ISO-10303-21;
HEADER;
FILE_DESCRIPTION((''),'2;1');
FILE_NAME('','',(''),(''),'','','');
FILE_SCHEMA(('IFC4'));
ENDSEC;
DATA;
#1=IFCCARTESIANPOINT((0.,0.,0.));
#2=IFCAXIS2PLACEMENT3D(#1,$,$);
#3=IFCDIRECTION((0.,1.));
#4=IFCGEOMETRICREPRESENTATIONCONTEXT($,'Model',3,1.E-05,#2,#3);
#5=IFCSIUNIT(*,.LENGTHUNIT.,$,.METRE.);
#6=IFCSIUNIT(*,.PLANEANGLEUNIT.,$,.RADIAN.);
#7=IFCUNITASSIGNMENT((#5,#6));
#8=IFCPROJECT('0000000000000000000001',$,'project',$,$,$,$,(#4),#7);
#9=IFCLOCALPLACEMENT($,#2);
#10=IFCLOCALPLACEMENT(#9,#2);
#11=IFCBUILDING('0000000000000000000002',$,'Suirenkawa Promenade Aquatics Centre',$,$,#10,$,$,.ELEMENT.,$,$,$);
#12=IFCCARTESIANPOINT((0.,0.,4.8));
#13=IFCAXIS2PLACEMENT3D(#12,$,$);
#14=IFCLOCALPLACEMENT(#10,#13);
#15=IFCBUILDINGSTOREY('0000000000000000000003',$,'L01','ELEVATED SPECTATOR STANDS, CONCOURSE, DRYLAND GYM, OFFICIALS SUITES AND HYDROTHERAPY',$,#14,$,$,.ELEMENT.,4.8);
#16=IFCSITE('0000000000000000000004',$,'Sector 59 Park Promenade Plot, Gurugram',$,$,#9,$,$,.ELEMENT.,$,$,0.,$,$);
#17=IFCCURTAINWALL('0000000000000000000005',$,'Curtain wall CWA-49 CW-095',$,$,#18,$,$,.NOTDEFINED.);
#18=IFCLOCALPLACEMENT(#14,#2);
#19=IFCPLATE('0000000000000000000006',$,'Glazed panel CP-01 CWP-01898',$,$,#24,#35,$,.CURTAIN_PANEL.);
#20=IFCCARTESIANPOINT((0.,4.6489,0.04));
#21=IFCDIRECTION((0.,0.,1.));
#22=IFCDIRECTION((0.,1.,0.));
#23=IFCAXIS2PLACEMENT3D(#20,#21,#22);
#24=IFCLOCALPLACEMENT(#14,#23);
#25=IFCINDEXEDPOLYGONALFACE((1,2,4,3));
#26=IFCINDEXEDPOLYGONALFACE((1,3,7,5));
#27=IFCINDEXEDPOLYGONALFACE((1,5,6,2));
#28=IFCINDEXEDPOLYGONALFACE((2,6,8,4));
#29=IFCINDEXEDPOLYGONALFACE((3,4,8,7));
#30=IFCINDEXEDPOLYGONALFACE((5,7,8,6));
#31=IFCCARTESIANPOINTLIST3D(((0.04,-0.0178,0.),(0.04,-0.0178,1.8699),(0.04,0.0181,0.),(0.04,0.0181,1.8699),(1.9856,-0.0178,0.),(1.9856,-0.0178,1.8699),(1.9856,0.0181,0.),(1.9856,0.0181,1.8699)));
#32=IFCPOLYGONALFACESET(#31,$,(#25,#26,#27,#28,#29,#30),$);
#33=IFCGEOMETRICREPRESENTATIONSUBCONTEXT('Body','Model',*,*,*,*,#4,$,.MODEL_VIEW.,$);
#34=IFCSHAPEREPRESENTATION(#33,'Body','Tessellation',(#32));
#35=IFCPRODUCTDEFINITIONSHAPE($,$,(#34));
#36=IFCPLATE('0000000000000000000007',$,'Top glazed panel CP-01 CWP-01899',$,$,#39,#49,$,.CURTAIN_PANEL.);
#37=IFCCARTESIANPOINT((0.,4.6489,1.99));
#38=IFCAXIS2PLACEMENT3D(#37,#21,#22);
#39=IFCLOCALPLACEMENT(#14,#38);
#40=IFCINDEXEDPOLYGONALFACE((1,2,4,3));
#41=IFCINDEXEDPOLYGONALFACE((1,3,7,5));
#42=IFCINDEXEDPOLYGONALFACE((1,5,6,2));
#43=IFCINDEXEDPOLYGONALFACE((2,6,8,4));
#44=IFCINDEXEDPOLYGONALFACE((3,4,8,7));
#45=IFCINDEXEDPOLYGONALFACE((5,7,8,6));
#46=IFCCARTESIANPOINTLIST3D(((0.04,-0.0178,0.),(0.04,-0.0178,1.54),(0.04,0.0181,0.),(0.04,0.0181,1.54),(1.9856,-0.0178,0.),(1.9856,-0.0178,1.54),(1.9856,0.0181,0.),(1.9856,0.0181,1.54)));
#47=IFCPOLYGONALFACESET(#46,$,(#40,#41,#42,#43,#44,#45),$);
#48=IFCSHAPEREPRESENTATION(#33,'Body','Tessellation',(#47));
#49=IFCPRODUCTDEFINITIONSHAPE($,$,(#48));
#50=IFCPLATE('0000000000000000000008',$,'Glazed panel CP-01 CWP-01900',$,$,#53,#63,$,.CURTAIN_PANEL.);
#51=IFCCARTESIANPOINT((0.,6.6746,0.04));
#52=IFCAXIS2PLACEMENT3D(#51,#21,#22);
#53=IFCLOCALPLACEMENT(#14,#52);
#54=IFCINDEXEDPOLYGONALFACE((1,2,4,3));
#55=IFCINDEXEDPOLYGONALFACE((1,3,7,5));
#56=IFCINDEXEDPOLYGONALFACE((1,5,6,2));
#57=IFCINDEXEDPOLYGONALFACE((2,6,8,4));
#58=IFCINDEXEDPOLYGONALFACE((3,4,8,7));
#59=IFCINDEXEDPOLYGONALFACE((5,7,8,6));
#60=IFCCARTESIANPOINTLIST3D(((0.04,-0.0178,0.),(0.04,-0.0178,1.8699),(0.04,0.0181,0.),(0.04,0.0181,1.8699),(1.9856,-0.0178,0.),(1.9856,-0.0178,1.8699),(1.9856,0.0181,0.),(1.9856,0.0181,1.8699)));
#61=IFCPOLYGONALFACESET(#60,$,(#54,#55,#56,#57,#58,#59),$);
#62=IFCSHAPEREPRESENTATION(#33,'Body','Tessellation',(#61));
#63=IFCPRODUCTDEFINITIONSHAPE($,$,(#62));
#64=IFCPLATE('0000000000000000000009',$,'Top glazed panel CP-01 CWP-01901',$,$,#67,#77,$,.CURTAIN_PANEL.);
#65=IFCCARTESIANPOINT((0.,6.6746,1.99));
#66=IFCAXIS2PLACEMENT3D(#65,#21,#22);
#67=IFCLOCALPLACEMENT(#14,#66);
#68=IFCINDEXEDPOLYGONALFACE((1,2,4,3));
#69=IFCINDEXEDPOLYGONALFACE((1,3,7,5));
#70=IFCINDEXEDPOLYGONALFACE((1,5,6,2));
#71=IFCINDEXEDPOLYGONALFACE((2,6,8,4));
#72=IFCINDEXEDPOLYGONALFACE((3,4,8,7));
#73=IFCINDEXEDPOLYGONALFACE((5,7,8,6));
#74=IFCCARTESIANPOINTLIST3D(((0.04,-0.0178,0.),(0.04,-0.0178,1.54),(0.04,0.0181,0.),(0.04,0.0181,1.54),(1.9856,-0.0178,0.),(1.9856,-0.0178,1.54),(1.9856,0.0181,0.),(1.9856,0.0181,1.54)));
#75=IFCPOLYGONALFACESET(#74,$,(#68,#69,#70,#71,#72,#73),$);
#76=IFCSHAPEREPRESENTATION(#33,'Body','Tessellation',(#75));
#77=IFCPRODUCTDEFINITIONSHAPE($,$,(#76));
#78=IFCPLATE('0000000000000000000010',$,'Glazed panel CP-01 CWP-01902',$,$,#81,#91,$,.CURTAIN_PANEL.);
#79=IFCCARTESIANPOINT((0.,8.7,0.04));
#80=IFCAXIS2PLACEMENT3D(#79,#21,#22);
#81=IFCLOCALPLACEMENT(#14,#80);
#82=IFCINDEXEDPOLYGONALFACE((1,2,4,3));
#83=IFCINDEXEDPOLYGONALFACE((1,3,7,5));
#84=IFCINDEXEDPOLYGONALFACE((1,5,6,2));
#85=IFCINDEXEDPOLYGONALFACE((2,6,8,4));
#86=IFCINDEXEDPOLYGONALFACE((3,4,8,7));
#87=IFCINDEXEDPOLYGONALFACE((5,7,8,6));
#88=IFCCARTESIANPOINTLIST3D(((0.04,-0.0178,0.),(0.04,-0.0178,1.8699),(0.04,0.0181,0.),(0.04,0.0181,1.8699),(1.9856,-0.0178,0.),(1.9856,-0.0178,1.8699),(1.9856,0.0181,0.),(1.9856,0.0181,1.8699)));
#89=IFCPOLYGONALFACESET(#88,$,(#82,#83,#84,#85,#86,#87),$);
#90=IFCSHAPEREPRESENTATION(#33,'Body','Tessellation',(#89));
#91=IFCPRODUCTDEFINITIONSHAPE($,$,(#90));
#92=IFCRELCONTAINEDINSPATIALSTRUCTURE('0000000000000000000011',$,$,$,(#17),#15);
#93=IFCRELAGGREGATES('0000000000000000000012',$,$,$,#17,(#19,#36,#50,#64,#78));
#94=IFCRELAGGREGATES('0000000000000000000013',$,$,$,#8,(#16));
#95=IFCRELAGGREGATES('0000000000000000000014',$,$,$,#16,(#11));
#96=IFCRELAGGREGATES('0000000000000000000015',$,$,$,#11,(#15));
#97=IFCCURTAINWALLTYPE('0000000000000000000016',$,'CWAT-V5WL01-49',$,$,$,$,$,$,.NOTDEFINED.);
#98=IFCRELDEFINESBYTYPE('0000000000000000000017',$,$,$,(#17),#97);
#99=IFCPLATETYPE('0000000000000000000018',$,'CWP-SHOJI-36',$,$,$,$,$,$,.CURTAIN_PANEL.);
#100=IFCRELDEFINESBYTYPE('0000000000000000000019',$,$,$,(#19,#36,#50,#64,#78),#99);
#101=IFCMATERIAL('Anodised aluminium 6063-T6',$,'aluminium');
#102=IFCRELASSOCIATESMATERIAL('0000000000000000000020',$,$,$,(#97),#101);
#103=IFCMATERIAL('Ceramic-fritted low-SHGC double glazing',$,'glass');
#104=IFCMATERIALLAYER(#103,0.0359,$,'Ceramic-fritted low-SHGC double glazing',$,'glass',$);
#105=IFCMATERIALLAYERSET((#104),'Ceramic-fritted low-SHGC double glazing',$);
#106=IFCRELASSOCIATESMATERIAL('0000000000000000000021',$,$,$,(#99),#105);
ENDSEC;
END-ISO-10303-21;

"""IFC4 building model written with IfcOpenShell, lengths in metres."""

from ifc_helpers import new_model, si_unit, direction, frame, origin, place, context, subcontext, project, spatial, polyline, outline, extrude, material, layer, layer_set, type_object, element, aggregate, save


model = new_model("IFC4")

# Units and contexts
model_context = context("Model", 3, precision=1e-05, world=origin(), true_north=direction((0.0, 1.0)))
body_context = subcontext(model_context, "Body", "Model", "MODEL_VIEW")
ifc_project = project(units=[si_unit("LENGTHUNIT", "METRE"), si_unit("PLANEANGLEUNIT", "RADIAN")], contexts=[model_context])

# Site, building, storey
site_placement = place(None, origin())
site = spatial("IfcSite", under=ifc_project, at=site_placement, Name="Sector 59 Park Promenade Plot, Gurugram", CompositionType="ELEMENT", RefElevation=0.0)
building_placement = place(site_placement, origin())
building = spatial("IfcBuilding", under=site, at=building_placement, Name="Suirenkawa Promenade Aquatics Centre", CompositionType="ELEMENT")
storey_placement = place(building_placement, frame((0.0, 0.0, 4.8)))
storey = spatial("IfcBuildingStorey", under=building, at=storey_placement, Name="L01", Description="ELEVATED SPECTATOR STANDS, CONCOURSE, DRYLAND GYM, OFFICIALS SUITES AND HYDROTHERAPY", CompositionType="ELEMENT", Elevation=4.8)

# Curtain wall, plates
ifc_material_1 = material(Name="Anodised aluminium 6063-T6", Category="aluminium")
curtain_wall_type = type_object("IfcCurtainWallType", Name="CWAT-V5WL01-49", PredefinedType="NOTDEFINED", material=ifc_material_1)
curtain_wall_placement = place(storey_placement, origin())
curtain_wall = element("IfcCurtainWall", 1, at=curtain_wall_placement, inside=storey, type_object=curtain_wall_type, Name="Curtain wall CWA-49 CW-095", PredefinedType="NOTDEFINED")
ifc_material_2 = material(Name="Ceramic-fritted low-SHGC double glazing", Category="glass")
ifc_layer_1 = layer(ifc_material_2, 0.0359, Name="Ceramic-fritted low-SHGC double glazing", Category="glass")
ifc_layer_set_1 = layer_set([ifc_layer_1], Name="Ceramic-fritted low-SHGC double glazing")
plate_type = type_object("IfcPlateType", Name="CWP-SHOJI-36", PredefinedType="CURTAIN_PANEL", material=ifc_layer_set_1)
plate_1_placement = place(storey_placement, frame((0.0, 4.6489, 0.04), z_axis=(0.0, 0.0, 1.0), x_axis=(0.0, 1.0, 0.0)))
plate_1 = element("IfcPlate", 2, at=plate_1_placement, type_object=plate_type, Name="Glazed panel CP-01 CWP-01898", PredefinedType="CURTAIN_PANEL", context=body_context, shape_type="SweptSolid", body=[
    extrude(outline(polyline([(0.04, 0.0), (1.9856, 0.0), (1.9856, 1.8699), (0.04, 1.8699), (0.04, 0.0)])), frame((0.0, 0.0181, 0.0), z_axis=(0.0, -1.0, 0.0), x_axis=(1.0, 0.0, 0.0)), (0.0, 0.0, 1.0), 0.0359),
])
plate_2_placement = place(storey_placement, frame((0.0, 4.6489, 1.99), z_axis=(0.0, 0.0, 1.0), x_axis=(0.0, 1.0, 0.0)))
plate_2 = element("IfcPlate", 3, at=plate_2_placement, type_object=plate_type, Name="Top glazed panel CP-01 CWP-01899", PredefinedType="CURTAIN_PANEL", context=body_context, shape_type="SweptSolid", body=[
    extrude(outline(polyline([(0.04, 0.0), (1.9856, 0.0), (1.9856, 1.54), (0.04, 1.54), (0.04, 0.0)])), frame((0.0, 0.0181, 0.0), z_axis=(0.0, -1.0, 0.0), x_axis=(1.0, 0.0, 0.0)), (0.0, 0.0, 1.0), 0.0359),
])
plate_3_placement = place(storey_placement, frame((0.0, 6.6746, 0.04), z_axis=(0.0, 0.0, 1.0), x_axis=(0.0, 1.0, 0.0)))
plate_3 = element("IfcPlate", 4, at=plate_3_placement, type_object=plate_type, Name="Glazed panel CP-01 CWP-01900", PredefinedType="CURTAIN_PANEL", context=body_context, shape_type="SweptSolid", body=[
    extrude(outline(polyline([(0.04, 0.0), (1.9856, 0.0), (1.9856, 1.8699), (0.04, 1.8699), (0.04, 0.0)])), frame((0.0, 0.0181, 0.0), z_axis=(0.0, -1.0, 0.0), x_axis=(1.0, 0.0, 0.0)), (0.0, 0.0, 1.0), 0.0359),
])
plate_4_placement = place(storey_placement, frame((0.0, 6.6746, 1.99), z_axis=(0.0, 0.0, 1.0), x_axis=(0.0, 1.0, 0.0)))
plate_4 = element("IfcPlate", 5, at=plate_4_placement, type_object=plate_type, Name="Top glazed panel CP-01 CWP-01901", PredefinedType="CURTAIN_PANEL", context=body_context, shape_type="SweptSolid", body=[
    extrude(outline(polyline([(0.04, 0.0), (1.9856, 0.0), (1.9856, 1.54), (0.04, 1.54), (0.04, 0.0)])), frame((0.0, 0.0181, 0.0), z_axis=(0.0, -1.0, 0.0), x_axis=(1.0, 0.0, 0.0)), (0.0, 0.0, 1.0), 0.0359),
])
plate_5_placement = place(storey_placement, frame((0.0, 8.7, 0.04), z_axis=(0.0, 0.0, 1.0), x_axis=(0.0, 1.0, 0.0)))
plate_5 = element("IfcPlate", 6, at=plate_5_placement, type_object=plate_type, Name="Glazed panel CP-01 CWP-01902", PredefinedType="CURTAIN_PANEL", context=body_context, shape_type="SweptSolid", body=[
    extrude(outline(polyline([(0.04, 0.0), (1.9856, 0.0), (1.9856, 1.8699), (0.04, 1.8699), (0.04, 0.0)])), frame((0.0, 0.0181, 0.0), z_axis=(0.0, -1.0, 0.0), x_axis=(1.0, 0.0, 0.0)), (0.0, 0.0, 1.0), 0.0359),
])
aggregate(curtain_wall, [plate_1, plate_2, plate_3, plate_4, plate_5])

save(model, "model.ifc")
